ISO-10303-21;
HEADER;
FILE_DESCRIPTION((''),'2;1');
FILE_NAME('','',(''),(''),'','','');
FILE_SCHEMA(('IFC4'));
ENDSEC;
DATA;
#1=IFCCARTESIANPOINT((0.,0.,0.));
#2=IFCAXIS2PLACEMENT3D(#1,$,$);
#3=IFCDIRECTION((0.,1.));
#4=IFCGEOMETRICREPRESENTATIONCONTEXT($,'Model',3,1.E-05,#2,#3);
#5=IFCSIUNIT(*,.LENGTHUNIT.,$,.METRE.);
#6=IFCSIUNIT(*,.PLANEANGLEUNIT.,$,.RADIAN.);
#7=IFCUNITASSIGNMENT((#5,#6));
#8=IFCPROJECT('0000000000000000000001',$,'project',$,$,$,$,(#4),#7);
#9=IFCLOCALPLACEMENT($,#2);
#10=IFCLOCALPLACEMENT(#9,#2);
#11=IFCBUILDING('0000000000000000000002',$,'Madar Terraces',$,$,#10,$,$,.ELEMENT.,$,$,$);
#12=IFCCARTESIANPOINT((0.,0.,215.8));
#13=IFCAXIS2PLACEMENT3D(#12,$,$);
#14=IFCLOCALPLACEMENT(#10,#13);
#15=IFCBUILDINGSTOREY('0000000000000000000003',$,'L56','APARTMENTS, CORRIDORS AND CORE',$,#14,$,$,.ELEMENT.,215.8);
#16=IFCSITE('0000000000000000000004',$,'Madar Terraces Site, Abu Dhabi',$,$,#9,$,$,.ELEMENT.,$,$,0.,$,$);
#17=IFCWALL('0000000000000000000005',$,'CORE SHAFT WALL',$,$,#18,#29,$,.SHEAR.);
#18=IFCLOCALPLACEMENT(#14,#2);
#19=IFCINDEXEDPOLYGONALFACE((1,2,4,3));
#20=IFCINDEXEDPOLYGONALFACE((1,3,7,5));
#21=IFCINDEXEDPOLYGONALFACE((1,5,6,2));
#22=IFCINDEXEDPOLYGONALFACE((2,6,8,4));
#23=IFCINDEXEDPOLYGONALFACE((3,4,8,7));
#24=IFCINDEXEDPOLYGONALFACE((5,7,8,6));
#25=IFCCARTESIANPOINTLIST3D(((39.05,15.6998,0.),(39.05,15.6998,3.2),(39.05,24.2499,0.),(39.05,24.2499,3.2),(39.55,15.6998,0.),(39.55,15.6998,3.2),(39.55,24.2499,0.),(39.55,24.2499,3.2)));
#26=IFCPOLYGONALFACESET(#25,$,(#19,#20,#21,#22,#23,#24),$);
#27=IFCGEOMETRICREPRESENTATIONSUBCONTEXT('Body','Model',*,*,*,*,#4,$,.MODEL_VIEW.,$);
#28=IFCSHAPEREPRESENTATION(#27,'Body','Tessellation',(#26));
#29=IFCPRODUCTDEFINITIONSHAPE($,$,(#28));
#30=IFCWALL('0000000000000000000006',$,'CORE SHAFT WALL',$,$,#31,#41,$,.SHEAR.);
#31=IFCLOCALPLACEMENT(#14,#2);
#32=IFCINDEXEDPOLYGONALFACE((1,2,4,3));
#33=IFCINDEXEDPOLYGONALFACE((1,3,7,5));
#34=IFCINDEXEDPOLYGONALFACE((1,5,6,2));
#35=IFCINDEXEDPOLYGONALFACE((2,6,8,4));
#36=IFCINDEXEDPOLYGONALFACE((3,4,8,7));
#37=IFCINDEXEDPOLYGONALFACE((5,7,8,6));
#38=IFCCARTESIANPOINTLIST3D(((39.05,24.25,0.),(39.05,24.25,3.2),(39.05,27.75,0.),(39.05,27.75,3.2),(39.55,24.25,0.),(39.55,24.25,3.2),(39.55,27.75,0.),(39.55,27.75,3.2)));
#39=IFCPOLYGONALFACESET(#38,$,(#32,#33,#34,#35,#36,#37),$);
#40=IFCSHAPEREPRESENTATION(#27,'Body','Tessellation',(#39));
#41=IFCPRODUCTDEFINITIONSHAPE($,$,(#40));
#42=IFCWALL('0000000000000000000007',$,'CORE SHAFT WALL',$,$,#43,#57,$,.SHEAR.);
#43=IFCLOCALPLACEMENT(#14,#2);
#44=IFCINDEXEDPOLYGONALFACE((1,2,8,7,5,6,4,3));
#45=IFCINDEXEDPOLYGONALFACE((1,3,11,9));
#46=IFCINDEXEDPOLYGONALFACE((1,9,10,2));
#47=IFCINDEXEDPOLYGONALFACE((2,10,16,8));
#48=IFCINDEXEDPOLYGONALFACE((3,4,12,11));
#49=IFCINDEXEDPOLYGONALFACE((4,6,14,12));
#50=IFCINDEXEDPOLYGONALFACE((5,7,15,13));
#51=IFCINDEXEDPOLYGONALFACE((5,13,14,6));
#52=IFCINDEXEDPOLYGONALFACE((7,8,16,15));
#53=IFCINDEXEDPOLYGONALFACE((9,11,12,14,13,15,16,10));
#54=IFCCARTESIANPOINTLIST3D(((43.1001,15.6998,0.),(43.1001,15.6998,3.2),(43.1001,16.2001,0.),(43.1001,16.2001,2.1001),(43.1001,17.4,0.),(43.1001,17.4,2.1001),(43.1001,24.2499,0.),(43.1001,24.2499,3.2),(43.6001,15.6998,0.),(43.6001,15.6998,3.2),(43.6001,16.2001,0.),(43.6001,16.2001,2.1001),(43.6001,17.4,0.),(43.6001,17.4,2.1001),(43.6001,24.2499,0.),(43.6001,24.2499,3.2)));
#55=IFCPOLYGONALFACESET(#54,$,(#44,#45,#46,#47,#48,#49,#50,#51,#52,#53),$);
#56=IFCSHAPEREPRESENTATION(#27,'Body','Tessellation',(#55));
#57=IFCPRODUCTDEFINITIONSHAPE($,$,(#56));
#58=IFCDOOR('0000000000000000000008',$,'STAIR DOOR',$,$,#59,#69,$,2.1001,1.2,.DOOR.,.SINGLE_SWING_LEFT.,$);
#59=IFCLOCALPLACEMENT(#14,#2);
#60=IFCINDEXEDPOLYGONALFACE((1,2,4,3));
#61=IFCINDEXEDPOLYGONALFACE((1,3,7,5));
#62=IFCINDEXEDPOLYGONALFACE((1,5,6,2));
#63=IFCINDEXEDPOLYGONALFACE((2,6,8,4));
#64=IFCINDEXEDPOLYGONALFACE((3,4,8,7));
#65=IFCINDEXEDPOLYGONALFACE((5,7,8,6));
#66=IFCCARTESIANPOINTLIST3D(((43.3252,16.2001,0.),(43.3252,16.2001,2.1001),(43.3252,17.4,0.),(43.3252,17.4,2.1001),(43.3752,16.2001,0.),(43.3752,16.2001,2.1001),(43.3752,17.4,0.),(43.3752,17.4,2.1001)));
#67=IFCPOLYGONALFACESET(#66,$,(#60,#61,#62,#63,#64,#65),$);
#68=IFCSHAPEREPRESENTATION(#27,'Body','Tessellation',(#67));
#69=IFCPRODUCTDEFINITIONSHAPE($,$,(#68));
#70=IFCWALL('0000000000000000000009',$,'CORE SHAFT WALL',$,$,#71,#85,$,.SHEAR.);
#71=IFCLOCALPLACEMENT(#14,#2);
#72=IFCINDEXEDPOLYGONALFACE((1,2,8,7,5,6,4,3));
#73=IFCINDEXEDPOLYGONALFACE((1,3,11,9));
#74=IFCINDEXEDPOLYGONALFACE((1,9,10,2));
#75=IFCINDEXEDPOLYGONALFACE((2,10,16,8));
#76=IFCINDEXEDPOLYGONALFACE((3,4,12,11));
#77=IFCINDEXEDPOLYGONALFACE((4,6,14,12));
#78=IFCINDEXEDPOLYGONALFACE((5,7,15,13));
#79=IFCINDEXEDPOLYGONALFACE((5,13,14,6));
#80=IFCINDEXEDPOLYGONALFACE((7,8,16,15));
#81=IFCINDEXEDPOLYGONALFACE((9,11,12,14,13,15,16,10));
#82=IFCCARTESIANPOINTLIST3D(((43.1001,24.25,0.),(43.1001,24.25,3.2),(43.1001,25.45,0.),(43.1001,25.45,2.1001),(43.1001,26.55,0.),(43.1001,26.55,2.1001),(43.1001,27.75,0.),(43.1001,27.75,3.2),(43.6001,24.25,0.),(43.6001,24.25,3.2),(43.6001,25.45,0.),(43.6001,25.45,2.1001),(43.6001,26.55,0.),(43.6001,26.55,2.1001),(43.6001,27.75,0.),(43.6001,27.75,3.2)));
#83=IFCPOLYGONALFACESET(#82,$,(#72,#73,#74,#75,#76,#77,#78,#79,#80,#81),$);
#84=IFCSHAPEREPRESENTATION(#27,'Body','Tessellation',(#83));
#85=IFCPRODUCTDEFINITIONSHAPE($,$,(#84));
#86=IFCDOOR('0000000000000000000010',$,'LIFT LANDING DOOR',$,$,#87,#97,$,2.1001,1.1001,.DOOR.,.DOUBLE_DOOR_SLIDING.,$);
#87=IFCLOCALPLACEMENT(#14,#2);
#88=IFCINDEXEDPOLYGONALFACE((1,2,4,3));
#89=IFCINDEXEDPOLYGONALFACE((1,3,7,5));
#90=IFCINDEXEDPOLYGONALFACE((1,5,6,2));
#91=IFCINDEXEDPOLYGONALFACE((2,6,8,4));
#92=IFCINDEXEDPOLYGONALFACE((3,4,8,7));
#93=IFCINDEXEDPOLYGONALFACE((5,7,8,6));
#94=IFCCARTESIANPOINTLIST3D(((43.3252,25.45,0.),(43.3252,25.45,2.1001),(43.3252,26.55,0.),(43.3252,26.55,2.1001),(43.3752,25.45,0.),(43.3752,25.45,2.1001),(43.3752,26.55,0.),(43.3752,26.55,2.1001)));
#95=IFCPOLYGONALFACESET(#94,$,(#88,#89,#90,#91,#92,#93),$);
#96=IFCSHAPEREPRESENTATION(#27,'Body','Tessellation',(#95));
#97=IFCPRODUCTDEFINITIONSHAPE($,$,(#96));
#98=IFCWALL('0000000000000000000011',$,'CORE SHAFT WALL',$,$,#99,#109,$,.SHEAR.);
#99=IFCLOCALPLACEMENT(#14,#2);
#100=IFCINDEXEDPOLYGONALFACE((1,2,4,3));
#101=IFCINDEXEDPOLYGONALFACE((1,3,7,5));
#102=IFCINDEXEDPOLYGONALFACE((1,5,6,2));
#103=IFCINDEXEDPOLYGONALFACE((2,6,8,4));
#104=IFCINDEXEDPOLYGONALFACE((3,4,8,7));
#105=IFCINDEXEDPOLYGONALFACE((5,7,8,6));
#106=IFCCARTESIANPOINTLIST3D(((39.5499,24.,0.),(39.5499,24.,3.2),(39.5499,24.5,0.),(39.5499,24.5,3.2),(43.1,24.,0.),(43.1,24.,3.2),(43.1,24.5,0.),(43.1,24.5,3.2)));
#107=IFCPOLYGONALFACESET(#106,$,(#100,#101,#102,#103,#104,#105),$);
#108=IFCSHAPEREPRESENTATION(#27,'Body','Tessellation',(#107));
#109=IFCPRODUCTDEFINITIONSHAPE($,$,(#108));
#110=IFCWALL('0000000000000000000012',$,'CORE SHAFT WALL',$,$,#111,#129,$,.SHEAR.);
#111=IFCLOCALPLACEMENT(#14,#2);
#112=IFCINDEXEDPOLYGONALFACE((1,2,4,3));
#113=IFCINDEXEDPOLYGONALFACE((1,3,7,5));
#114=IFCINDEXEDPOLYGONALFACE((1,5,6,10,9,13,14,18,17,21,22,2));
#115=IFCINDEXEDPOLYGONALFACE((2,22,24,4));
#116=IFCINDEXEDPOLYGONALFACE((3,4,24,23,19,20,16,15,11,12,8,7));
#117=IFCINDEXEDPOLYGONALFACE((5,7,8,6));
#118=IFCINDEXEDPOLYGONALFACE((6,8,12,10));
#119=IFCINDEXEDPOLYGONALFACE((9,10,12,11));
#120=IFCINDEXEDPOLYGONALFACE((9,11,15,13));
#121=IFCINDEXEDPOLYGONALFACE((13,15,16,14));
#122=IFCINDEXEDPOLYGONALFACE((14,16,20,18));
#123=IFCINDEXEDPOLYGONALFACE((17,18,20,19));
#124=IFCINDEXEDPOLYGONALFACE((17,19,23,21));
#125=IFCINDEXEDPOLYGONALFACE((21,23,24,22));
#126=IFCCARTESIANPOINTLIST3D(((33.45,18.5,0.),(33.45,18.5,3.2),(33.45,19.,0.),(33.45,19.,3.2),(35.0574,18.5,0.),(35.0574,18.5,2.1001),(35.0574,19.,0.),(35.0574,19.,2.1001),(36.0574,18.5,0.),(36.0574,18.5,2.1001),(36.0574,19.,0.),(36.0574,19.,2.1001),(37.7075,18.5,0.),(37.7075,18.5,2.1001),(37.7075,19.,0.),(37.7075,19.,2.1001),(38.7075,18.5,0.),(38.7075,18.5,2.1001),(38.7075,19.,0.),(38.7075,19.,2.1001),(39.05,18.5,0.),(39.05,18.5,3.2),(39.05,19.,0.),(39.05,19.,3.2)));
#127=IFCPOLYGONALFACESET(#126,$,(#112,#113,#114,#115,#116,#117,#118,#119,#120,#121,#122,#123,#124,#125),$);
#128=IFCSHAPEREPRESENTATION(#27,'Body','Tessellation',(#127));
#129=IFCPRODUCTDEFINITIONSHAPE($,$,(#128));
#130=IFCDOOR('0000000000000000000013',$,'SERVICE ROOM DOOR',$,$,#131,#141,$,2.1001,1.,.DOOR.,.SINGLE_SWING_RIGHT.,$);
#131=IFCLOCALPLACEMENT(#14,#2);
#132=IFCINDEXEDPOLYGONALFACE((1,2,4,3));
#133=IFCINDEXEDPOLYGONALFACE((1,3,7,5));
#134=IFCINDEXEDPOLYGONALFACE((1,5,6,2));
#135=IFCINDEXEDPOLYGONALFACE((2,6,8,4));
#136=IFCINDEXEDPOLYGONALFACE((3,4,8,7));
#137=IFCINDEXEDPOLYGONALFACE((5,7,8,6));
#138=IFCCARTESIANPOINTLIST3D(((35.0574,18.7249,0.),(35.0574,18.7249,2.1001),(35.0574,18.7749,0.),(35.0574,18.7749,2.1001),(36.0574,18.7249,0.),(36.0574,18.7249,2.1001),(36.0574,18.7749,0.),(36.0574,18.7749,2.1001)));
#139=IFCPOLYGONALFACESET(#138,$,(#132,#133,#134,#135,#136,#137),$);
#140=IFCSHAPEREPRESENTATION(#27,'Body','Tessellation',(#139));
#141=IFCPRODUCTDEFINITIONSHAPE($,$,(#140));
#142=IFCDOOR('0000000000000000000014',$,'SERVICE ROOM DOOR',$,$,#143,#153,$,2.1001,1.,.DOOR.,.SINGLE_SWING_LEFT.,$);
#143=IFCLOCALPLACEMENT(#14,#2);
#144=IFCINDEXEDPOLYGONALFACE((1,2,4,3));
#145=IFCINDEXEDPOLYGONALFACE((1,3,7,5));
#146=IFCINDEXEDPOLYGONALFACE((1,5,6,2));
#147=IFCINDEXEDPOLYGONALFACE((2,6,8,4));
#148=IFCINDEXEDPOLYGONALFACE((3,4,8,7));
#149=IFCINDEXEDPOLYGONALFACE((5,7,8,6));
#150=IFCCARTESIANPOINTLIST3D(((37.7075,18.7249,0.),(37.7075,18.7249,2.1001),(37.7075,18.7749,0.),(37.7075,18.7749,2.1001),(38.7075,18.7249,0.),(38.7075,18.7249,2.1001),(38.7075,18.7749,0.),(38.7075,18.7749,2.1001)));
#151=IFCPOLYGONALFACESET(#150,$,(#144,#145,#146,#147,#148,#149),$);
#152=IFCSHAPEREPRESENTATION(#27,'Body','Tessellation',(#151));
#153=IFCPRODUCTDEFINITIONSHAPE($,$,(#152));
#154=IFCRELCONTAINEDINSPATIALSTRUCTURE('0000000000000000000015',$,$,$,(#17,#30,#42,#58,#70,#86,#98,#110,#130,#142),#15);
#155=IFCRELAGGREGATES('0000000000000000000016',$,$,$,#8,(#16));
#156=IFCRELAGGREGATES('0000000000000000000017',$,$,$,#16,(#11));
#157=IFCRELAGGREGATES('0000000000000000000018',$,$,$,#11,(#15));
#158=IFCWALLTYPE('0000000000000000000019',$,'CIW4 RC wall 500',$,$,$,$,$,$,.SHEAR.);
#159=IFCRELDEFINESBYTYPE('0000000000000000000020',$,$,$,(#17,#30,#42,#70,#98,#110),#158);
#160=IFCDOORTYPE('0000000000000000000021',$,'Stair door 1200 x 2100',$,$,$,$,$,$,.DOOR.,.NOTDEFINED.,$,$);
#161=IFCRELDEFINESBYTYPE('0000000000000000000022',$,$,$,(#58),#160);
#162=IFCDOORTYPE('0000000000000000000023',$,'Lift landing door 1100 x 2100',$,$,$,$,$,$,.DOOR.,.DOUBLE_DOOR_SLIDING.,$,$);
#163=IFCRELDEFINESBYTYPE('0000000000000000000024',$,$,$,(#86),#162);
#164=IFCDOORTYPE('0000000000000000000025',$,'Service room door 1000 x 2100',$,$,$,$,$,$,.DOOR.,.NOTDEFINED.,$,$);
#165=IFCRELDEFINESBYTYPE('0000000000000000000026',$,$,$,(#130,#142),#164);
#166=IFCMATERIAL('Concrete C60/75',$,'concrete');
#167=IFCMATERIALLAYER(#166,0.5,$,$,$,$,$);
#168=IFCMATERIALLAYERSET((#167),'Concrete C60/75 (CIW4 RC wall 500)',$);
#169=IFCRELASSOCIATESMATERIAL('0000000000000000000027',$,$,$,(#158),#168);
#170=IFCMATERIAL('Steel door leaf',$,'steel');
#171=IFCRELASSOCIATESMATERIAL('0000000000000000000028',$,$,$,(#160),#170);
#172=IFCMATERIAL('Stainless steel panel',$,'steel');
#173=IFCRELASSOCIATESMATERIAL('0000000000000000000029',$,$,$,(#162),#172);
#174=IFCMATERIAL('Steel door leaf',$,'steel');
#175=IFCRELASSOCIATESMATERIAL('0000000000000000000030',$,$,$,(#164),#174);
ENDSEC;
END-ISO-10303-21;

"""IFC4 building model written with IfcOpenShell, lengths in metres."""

from ifc_helpers import new_model, si_unit, direction, frame, frame_2d, origin, place, context, subcontext, project, spatial, rectangle, extrude, material, layer, layer_set, type_object, element, fill, save


model = new_model("IFC4")

# Units and contexts
model_context = context("Model", 3, precision=1e-05, world=origin(), true_north=direction((0.0, 1.0)))
body_context = subcontext(model_context, "Body", "Model", "MODEL_VIEW")
ifc_project = project(units=[si_unit("LENGTHUNIT", "METRE"), si_unit("PLANEANGLEUNIT", "RADIAN")], contexts=[model_context])

# Site, building, storey
site_placement = place(None, origin())
site = spatial("IfcSite", under=ifc_project, at=site_placement, Name="Madar Terraces Site, Abu Dhabi", CompositionType="ELEMENT", RefElevation=0.0)
building_placement = place(site_placement, origin())
building = spatial("IfcBuilding", under=site, at=building_placement, Name="Madar Terraces", CompositionType="ELEMENT")
storey_placement = place(building_placement, frame((0.0, 0.0, 215.8)))
storey = spatial("IfcBuildingStorey", under=building, at=storey_placement, Name="L56", Description="APARTMENTS, CORRIDORS AND CORE", CompositionType="ELEMENT", Elevation=215.8)

# Walls
ifc_material_1 = material(Name="Concrete C60/75", Category="concrete")
ifc_layer_1 = layer(ifc_material_1, 0.5)
ifc_layer_set_1 = layer_set([ifc_layer_1], Name="Concrete C60/75 (CIW4 RC wall 500)")
wall_type_1 = type_object("IfcWallType", Name="CIW4 RC wall 500", PredefinedType="SHEAR", material=ifc_layer_set_1)
wall_1_placement = place(storey_placement, frame((39.3, 15.7, 0.0), z_axis=(0.0, 0.0, 1.0), x_axis=(0.0, 1.0, 0.0)))
element("IfcWall", 1, at=wall_1_placement, inside=storey, type_object=wall_type_1, Name="CORE SHAFT WALL", PredefinedType="SHEAR", context=body_context, shape_type="SweptSolid", body=[
    extrude(rectangle(XDim=8.55, YDim=0.5, at=frame_2d((4.2749, 0.0))), origin(), (0.0, 0.0, 1.0), 3.2),
])
wall_2_placement = place(storey_placement, frame((39.3, 24.25, 0.0), z_axis=(0.0, 0.0, 1.0), x_axis=(0.0, 1.0, 0.0)))
element("IfcWall", 2, at=wall_2_placement, inside=storey, type_object=wall_type_1, Name="CORE SHAFT WALL", PredefinedType="SHEAR", context=body_context, shape_type="SweptSolid", body=[
    extrude(rectangle(XDim=3.5, YDim=0.5, at=frame_2d((1.75, 0.0))), origin(), (0.0, 0.0, 1.0), 3.2),
])

# Walls, openings, doors
wall_3_placement = place(storey_placement, frame((43.3501, 15.7, 0.0), z_axis=(0.0, 0.0, 1.0), x_axis=(0.0, 1.0, 0.0)))
wall_3 = element("IfcWall", 3, at=wall_3_placement, inside=storey, type_object=wall_type_1, Name="CORE SHAFT WALL", PredefinedType="SHEAR", context=body_context, shape_type="SweptSolid", body=[
    extrude(rectangle(XDim=8.55, YDim=0.5, at=frame_2d((4.2749, 0.0))), origin(), (0.0, 0.0, 1.0), 3.2),
])
opening_1_placement = place(wall_3_placement, frame((0.5, 0.0, 0.0)))
opening_1 = element("IfcOpeningElement", 4, at=opening_1_placement, cuts=wall_3, PredefinedType="OPENING", context=body_context, shape_type="SweptSolid", body=[
    extrude(rectangle(XDim=1.2, YDim=2.1001, at=frame_2d((0.6001, 1.05))), frame((0.0, 0.26, 0.0), z_axis=(0.0, -1.0, 0.0), x_axis=(1.0, 0.0, 0.0)), (0.0, 0.0, 1.0), 0.52),
])
ifc_material_2 = material(Name="Steel door leaf", Category="steel")
door_type_1 = type_object("IfcDoorType", Name="Stair door 1200 x 2100", OperationType="NOTDEFINED", PredefinedType="DOOR", material=ifc_material_2)
door_1_placement = place(opening_1_placement, origin())
door_1 = element("IfcDoor", 5, at=door_1_placement, inside=storey, type_object=door_type_1, Name="STAIR DOOR", OperationType="SINGLE_SWING_LEFT", OverallHeight=2.1001, OverallWidth=1.2, PredefinedType="DOOR", context=body_context, shape_type="SweptSolid", body=[
    extrude(rectangle(XDim=1.2, YDim=2.1001, at=frame_2d((0.6001, 1.05))), frame((0.0, 0.0249, 0.0), z_axis=(0.0, -1.0, 0.0), x_axis=(1.0, 0.0, 0.0)), (0.0, 0.0, 1.0), 0.05),
])
fill(opening_1, door_1)
wall_4_placement = place(storey_placement, frame((43.3501, 24.25, 0.0), z_axis=(0.0, 0.0, 1.0), x_axis=(0.0, 1.0, 0.0)))
wall_4 = element("IfcWall", 6, at=wall_4_placement, inside=storey, type_object=wall_type_1, Name="CORE SHAFT WALL", PredefinedType="SHEAR", context=body_context, shape_type="SweptSolid", body=[
    extrude(rectangle(XDim=3.5, YDim=0.5, at=frame_2d((1.75, 0.0))), origin(), (0.0, 0.0, 1.0), 3.2),
])
opening_2_placement = place(wall_4_placement, frame((1.2, 0.0, 0.0)))
opening_2 = element("IfcOpeningElement", 7, at=opening_2_placement, cuts=wall_4, PredefinedType="OPENING", context=body_context, shape_type="SweptSolid", body=[
    extrude(rectangle(XDim=1.1001, YDim=2.1001, at=frame_2d((0.55, 1.05))), frame((0.0, 0.26, 0.0), z_axis=(0.0, -1.0, 0.0), x_axis=(1.0, 0.0, 0.0)), (0.0, 0.0, 1.0), 0.52),
])
ifc_material_3 = material(Name="Stainless steel panel", Category="steel")
door_type_2 = type_object("IfcDoorType", Name="Lift landing door 1100 x 2100", OperationType="DOUBLE_DOOR_SLIDING", PredefinedType="DOOR", material=ifc_material_3)
door_2_placement = place(opening_2_placement, origin())
door_2 = element("IfcDoor", 8, at=door_2_placement, inside=storey, type_object=door_type_2, Name="LIFT LANDING DOOR", OperationType="DOUBLE_DOOR_SLIDING", OverallHeight=2.1001, OverallWidth=1.1001, PredefinedType="DOOR", context=body_context, shape_type="SweptSolid", body=[
    extrude(rectangle(XDim=1.1001, YDim=2.1001, at=frame_2d((0.55, 1.05))), frame((0.0, 0.0249, 0.0), z_axis=(0.0, -1.0, 0.0), x_axis=(1.0, 0.0, 0.0)), (0.0, 0.0, 1.0), 0.05),
])
fill(opening_2, door_2)

# Wall
wall_5_placement = place(storey_placement, frame((39.55, 24.25, 0.0), z_axis=(0.0, 0.0, 1.0), x_axis=(1.0, 0.0, 0.0)))
element("IfcWall", 9, at=wall_5_placement, inside=storey, type_object=wall_type_1, Name="CORE SHAFT WALL", PredefinedType="SHEAR", context=body_context, shape_type="SweptSolid", body=[
    extrude(rectangle(XDim=3.55, YDim=0.5, at=frame_2d((1.7749, 0.0))), origin(), (0.0, 0.0, 1.0), 3.2),
])

# Wall, openings, doors
wall_6_placement = place(storey_placement, frame((33.45, 18.75, 0.0), z_axis=(0.0, 0.0, 1.0), x_axis=(1.0, 0.0, 0.0)))
wall_6 = element("IfcWall", 10, at=wall_6_placement, inside=storey, type_object=wall_type_1, Name="CORE SHAFT WALL", PredefinedType="SHEAR", context=body_context, shape_type="SweptSolid", body=[
    extrude(rectangle(XDim=5.6001, YDim=0.5, at=frame_2d((2.8, 0.0))), origin(), (0.0, 0.0, 1.0), 3.2),
])
opening_3_placement = place(wall_6_placement, frame((1.6074, 0.0, 0.0)))
opening_3 = element("IfcOpeningElement", 11, at=opening_3_placement, cuts=wall_6, PredefinedType="OPENING", context=body_context, shape_type="SweptSolid", body=[
    extrude(rectangle(XDim=1.0, YDim=2.1001, at=frame_2d((0.5, 1.05))), frame((0.0, 0.26, 0.0), z_axis=(0.0, -1.0, 0.0), x_axis=(1.0, 0.0, 0.0)), (0.0, 0.0, 1.0), 0.52),
])
opening_4_placement = place(wall_6_placement, frame((4.2576, 0.0, 0.0)))
opening_4 = element("IfcOpeningElement", 12, at=opening_4_placement, cuts=wall_6, PredefinedType="OPENING", context=body_context, shape_type="SweptSolid", body=[
    extrude(rectangle(XDim=1.0, YDim=2.1001, at=frame_2d((0.5, 1.05))), frame((0.0, 0.26, 0.0), z_axis=(0.0, -1.0, 0.0), x_axis=(1.0, 0.0, 0.0)), (0.0, 0.0, 1.0), 0.52),
])
ifc_material_4 = material(Name="Steel door leaf", Category="steel")
door_type_3 = type_object("IfcDoorType", Name="Service room door 1000 x 2100", OperationType="NOTDEFINED", PredefinedType="DOOR", material=ifc_material_4)
door_3_placement = place(opening_3_placement, origin())
door_3 = element("IfcDoor", 13, at=door_3_placement, inside=storey, type_object=door_type_3, Name="SERVICE ROOM DOOR", OperationType="SINGLE_SWING_RIGHT", OverallHeight=2.1001, OverallWidth=1.0, PredefinedType="DOOR", context=body_context, shape_type="SweptSolid", body=[
    extrude(rectangle(XDim=1.0, YDim=2.1001, at=frame_2d((0.5, 1.05))), frame((0.0, 0.0249, 0.0), z_axis=(0.0, -1.0, 0.0), x_axis=(1.0, 0.0, 0.0)), (0.0, 0.0, 1.0), 0.05),
])
fill(opening_3, door_3)
door_4_placement = place(opening_4_placement, origin())
door_4 = element("IfcDoor", 14, at=door_4_placement, inside=storey, type_object=door_type_3, Name="SERVICE ROOM DOOR", OperationType="SINGLE_SWING_LEFT", OverallHeight=2.1001, OverallWidth=1.0, PredefinedType="DOOR", context=body_context, shape_type="SweptSolid", body=[
    extrude(rectangle(XDim=1.0, YDim=2.1001, at=frame_2d((0.5, 1.05))), frame((0.0, 0.0249, 0.0), z_axis=(0.0, -1.0, 0.0), x_axis=(1.0, 0.0, 0.0)), (0.0, 0.0, 1.0), 0.05),
])
fill(opening_4, door_4)

save(model, "model.ifc")
